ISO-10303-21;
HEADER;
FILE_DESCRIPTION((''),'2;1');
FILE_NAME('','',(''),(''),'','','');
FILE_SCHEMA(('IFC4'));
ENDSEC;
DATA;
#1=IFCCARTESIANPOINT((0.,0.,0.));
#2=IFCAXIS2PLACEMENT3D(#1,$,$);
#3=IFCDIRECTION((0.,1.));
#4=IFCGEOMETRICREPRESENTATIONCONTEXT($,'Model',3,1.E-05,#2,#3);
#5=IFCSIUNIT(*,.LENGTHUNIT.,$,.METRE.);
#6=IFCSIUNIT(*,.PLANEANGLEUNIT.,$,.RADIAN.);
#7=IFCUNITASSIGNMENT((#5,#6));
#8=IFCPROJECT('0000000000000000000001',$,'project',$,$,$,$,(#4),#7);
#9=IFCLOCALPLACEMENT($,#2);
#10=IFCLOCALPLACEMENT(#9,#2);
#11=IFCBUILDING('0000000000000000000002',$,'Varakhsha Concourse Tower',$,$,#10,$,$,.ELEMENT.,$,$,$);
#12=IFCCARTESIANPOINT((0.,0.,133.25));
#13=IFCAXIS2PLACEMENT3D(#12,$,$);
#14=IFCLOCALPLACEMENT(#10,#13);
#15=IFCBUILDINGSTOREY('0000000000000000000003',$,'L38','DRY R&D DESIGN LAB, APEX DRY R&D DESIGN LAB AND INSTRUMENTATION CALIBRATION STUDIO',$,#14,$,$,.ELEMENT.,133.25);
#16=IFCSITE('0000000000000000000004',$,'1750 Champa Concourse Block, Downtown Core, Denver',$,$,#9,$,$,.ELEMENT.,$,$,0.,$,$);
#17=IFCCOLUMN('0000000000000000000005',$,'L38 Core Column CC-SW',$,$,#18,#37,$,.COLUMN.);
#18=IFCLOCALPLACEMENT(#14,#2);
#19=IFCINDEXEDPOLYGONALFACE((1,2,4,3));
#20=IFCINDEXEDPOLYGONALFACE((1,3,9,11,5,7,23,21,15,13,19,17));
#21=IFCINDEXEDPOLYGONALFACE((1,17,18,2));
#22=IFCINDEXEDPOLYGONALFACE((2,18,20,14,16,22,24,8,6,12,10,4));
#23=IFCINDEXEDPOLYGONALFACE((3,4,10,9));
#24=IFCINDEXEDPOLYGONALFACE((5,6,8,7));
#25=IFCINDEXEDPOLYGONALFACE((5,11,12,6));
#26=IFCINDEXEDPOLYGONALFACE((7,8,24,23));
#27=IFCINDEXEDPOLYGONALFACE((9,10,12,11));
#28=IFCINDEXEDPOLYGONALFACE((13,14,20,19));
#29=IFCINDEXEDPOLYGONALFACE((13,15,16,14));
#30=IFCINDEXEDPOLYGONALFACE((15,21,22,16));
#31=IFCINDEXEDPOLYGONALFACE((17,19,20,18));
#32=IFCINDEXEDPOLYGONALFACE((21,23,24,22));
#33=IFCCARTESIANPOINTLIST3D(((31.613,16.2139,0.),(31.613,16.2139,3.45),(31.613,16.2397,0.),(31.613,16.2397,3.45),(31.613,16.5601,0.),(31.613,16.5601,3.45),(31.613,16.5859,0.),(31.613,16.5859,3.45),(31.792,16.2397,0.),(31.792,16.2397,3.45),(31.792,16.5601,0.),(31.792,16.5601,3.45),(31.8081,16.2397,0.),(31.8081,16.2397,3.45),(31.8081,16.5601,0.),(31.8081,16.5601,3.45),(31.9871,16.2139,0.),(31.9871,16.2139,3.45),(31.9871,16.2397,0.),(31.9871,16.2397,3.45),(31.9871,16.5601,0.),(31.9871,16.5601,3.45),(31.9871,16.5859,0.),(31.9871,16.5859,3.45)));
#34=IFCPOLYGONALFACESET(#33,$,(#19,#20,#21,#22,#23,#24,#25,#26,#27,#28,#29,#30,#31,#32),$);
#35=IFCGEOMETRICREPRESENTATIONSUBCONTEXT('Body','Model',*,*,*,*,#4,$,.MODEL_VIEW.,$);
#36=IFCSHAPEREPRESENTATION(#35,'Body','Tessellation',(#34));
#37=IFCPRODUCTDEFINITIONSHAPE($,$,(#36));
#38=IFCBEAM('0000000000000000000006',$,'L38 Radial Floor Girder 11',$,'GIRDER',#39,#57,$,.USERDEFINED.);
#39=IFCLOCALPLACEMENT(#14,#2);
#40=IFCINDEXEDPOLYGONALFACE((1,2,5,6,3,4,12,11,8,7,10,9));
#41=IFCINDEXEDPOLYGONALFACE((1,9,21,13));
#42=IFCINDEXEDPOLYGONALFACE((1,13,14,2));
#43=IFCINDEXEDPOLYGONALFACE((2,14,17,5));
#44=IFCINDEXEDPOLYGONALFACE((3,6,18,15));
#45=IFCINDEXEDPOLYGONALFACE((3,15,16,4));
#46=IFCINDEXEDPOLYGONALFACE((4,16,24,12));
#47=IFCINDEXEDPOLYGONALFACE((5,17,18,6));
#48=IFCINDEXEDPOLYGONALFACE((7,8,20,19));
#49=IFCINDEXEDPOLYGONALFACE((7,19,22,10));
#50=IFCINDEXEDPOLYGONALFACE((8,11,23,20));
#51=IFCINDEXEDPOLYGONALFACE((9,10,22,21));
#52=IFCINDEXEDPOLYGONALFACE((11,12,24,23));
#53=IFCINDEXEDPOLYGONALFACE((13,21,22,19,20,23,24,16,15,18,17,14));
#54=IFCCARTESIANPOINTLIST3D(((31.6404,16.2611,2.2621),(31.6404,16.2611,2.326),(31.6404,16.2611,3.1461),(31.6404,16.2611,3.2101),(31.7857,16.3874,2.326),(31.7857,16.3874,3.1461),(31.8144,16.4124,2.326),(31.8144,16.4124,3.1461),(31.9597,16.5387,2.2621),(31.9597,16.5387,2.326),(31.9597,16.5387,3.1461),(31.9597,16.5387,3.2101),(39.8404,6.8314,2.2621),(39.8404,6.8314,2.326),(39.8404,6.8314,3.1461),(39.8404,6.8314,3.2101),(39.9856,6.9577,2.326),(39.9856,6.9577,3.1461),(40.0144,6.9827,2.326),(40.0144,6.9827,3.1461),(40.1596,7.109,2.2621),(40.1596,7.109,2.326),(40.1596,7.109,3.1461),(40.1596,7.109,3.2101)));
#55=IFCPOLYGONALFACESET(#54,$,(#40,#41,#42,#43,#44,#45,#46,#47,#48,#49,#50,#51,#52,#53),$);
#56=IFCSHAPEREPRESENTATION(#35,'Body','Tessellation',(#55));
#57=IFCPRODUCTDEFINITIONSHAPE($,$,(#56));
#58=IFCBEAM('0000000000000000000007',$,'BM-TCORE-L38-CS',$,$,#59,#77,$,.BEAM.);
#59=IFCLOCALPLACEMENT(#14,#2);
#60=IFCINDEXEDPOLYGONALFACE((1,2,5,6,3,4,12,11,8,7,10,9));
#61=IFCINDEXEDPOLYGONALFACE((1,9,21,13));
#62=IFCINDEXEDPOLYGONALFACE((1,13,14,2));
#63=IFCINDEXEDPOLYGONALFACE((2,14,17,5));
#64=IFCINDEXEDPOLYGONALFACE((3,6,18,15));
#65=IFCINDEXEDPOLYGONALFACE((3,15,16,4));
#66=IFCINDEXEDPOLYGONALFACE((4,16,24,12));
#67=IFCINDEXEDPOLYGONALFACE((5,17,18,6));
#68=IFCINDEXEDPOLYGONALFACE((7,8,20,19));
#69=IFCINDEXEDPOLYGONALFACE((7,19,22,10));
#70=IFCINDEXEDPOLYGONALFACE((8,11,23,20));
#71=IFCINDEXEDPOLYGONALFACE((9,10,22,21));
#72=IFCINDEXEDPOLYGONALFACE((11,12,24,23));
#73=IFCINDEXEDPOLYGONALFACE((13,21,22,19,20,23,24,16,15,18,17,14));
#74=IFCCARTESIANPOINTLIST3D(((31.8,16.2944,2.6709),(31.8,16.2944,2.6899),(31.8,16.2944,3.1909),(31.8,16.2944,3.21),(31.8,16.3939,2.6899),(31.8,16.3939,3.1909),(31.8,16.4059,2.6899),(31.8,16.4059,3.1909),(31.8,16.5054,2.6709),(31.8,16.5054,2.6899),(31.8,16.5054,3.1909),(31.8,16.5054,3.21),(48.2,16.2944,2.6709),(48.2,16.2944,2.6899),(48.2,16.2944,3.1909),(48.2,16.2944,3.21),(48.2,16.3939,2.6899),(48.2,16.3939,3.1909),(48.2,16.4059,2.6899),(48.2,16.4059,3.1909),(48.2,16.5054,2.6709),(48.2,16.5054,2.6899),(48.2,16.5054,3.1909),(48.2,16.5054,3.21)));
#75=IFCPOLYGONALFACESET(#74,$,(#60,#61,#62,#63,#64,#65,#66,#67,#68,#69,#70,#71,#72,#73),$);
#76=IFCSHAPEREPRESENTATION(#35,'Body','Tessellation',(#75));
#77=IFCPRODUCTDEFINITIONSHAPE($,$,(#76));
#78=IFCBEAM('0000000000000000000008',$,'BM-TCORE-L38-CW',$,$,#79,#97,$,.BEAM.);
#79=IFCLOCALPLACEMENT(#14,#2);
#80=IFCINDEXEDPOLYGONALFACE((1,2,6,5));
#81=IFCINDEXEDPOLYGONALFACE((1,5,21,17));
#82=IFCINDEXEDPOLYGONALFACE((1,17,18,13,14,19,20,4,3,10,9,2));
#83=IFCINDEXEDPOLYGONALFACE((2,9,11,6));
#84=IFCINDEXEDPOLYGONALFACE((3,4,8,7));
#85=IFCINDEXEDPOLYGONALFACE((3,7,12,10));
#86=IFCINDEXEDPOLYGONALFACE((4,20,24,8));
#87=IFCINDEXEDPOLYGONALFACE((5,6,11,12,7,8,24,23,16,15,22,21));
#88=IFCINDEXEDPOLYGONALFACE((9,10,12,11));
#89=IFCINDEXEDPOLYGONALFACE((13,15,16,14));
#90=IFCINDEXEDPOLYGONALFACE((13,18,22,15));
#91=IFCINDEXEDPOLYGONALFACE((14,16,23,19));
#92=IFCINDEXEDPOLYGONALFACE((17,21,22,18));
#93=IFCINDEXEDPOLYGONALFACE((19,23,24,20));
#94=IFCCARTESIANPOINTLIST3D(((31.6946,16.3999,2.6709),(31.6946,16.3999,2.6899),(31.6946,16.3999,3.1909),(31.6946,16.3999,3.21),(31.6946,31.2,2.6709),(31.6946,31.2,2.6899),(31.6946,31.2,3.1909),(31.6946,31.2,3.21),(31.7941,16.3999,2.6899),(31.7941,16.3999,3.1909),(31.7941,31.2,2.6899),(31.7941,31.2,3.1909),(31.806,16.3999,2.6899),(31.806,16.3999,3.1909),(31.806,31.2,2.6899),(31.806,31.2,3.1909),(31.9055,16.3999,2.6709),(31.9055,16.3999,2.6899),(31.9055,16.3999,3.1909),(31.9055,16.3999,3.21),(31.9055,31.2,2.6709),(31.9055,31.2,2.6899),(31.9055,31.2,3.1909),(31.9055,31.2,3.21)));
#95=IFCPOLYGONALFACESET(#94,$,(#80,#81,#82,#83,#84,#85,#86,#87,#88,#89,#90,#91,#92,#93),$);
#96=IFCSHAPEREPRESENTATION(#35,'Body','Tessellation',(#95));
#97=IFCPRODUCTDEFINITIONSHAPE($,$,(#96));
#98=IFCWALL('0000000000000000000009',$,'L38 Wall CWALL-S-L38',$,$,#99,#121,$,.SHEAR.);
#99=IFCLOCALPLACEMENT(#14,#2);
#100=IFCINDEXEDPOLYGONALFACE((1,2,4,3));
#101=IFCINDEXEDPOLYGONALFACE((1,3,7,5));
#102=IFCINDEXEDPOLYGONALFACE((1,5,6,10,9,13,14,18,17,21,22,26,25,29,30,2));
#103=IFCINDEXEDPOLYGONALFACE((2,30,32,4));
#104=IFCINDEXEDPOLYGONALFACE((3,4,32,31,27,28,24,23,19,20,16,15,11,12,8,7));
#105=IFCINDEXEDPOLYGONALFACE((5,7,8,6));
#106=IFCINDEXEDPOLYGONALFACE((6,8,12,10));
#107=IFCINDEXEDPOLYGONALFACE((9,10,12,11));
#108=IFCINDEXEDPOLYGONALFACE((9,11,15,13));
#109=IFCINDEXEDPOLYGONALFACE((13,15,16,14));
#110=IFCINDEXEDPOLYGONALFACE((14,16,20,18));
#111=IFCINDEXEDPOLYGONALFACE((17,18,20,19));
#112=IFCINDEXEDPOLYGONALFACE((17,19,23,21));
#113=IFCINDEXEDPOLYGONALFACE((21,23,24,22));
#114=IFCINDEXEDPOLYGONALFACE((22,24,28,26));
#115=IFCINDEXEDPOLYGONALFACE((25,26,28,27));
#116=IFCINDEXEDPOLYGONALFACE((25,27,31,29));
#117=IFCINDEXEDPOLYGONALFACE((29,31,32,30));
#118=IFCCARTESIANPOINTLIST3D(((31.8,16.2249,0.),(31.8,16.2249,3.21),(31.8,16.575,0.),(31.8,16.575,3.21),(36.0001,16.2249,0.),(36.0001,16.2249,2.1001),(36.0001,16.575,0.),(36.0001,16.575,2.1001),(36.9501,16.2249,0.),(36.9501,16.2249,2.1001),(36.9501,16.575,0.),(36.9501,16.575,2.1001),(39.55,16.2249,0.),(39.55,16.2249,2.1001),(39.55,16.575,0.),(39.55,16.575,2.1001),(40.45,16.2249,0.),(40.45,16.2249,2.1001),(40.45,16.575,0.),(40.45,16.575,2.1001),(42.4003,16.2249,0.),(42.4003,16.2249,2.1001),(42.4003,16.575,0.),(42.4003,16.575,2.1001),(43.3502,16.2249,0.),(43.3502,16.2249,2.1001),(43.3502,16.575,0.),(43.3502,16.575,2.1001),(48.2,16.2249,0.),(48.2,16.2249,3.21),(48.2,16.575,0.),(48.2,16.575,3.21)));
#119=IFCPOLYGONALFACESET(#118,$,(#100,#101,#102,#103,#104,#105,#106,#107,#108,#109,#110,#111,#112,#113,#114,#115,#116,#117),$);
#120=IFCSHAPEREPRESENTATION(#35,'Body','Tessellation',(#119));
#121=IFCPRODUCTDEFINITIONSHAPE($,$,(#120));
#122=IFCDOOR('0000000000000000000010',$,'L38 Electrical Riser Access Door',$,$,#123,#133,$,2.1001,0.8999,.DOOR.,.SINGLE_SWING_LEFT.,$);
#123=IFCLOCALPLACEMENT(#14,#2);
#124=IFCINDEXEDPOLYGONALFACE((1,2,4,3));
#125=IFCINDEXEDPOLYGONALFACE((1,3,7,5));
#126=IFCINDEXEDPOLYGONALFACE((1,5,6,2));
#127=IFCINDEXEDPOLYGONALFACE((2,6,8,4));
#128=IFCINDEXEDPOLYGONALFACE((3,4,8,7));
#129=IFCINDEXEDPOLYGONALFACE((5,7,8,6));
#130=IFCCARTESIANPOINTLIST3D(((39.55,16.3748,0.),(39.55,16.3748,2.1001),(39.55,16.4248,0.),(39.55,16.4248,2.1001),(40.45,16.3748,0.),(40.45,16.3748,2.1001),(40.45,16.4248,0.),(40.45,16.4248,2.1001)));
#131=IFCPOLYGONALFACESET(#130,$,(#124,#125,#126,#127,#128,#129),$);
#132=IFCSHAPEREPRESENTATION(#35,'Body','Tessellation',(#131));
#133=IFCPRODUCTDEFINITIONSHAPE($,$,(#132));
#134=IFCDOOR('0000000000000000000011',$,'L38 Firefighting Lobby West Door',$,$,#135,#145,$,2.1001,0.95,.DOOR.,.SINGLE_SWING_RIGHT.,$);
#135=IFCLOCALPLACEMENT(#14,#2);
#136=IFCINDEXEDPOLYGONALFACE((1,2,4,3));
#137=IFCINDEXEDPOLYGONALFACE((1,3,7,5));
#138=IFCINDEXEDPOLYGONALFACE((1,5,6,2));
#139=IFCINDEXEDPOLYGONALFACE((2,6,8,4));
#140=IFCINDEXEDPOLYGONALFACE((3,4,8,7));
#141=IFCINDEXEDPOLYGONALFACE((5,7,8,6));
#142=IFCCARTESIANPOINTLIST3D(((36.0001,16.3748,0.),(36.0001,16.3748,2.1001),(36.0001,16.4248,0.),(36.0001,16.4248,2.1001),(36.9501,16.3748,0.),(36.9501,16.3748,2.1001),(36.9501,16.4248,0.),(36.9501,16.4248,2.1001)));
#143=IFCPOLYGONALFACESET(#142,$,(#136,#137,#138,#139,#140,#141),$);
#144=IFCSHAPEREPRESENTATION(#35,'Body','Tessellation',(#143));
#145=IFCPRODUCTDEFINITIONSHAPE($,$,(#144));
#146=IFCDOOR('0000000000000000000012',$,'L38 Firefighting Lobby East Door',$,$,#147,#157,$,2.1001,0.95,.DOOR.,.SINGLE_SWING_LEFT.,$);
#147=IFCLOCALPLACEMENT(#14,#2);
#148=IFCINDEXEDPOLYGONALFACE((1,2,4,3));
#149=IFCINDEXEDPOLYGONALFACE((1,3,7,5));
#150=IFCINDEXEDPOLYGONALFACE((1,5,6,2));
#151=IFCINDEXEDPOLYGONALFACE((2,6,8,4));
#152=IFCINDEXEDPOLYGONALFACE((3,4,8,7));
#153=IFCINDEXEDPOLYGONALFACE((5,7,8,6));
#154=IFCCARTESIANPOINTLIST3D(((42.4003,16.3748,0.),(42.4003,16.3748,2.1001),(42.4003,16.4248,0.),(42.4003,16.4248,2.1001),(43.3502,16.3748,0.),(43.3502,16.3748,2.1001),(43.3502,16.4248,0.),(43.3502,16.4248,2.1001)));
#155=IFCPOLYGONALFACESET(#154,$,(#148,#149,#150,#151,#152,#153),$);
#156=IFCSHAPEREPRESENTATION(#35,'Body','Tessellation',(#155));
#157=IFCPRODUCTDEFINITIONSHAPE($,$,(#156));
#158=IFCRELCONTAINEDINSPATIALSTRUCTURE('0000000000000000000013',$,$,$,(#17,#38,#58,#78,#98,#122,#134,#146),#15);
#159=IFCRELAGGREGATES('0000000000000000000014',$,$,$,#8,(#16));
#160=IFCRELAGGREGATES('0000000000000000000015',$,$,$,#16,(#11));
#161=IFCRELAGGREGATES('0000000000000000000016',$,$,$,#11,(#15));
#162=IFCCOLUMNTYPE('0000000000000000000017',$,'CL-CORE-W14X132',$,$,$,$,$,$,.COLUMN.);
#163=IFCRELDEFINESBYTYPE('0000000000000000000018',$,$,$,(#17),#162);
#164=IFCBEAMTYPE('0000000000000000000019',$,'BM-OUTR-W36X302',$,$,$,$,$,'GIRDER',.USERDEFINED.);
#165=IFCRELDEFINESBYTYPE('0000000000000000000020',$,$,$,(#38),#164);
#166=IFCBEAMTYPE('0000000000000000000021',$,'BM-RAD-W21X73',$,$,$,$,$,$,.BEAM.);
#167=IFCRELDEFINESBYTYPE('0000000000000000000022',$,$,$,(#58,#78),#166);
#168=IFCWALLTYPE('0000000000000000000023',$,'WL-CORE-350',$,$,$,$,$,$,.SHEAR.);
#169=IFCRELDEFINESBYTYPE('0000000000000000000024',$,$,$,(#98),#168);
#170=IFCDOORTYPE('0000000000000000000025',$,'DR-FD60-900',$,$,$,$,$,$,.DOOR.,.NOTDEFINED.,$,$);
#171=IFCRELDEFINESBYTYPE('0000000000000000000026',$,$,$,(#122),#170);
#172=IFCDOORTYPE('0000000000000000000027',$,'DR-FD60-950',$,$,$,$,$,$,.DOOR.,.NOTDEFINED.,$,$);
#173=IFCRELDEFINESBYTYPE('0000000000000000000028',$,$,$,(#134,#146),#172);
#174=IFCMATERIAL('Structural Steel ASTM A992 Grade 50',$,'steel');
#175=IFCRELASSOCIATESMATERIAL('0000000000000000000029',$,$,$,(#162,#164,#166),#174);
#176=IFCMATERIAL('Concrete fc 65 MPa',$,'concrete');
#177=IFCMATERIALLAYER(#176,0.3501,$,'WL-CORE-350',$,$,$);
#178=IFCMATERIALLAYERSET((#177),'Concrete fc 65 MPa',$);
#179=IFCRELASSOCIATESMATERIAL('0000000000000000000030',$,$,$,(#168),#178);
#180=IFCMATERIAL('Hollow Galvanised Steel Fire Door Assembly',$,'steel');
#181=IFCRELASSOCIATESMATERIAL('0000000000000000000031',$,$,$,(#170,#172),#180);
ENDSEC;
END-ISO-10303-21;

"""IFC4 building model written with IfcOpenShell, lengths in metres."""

from ifc_helpers import new_model, si_unit, direction, frame, frame_2d, origin, origin_2d, place, context, subcontext, project, spatial, rectangle, i_section, extrude, material, layer, layer_set, material_profile, profile_set, type_object, element, fill, save


model = new_model("IFC4")

# Units and contexts
model_context = context("Model", 3, precision=1e-05, world=origin(), true_north=direction((0.0, 1.0)))
body_context = subcontext(model_context, "Body", "Model", "MODEL_VIEW")
ifc_project = project(units=[si_unit("LENGTHUNIT", "METRE"), si_unit("PLANEANGLEUNIT", "RADIAN")], contexts=[model_context])

# Site, building, storey
site_placement = place(None, origin())
site = spatial("IfcSite", under=ifc_project, at=site_placement, Name="1750 Champa Concourse Block, Downtown Core, Denver", CompositionType="ELEMENT", RefElevation=0.0)
building_placement = place(site_placement, origin())
building = spatial("IfcBuilding", under=site, at=building_placement, Name="Varakhsha Concourse Tower", CompositionType="ELEMENT")
storey_placement = place(building_placement, frame((0.0, 0.0, 133.25)))
storey = spatial("IfcBuildingStorey", under=building, at=storey_placement, Name="L38", Description="DRY R&D DESIGN LAB, APEX DRY R&D DESIGN LAB AND INSTRUMENTATION CALIBRATION STUDIO", CompositionType="ELEMENT", Elevation=133.25)

# Column
ifc_material_1 = material(Name="Structural Steel ASTM A992 Grade 50", Category="steel")
ifc_material_profile_1 = material_profile(ifc_material_1, i_section(OverallWidth=0.374, OverallDepth=0.3721, WebThickness=0.0161, FlangeThickness=0.0259, at=origin_2d()), Name="W14X132")
ifc_profile_set_1 = profile_set([ifc_material_profile_1], Name="Structural Steel ASTM A992 Grade 50")
column_type = type_object("IfcColumnType", Name="CL-CORE-W14X132", PredefinedType="COLUMN", material=ifc_profile_set_1)
column_placement = place(storey_placement, frame((31.8, 16.3999, 0.0), z_axis=(0.0, 0.0, 1.0), x_axis=(1.0, 0.0, 0.0)))
element("IfcColumn", 1, at=column_placement, inside=storey, type_object=column_type, Name="L38 Core Column CC-SW", PredefinedType="COLUMN", context=body_context, shape_type="SweptSolid", body=[
    extrude(i_section(OverallWidth=0.374, OverallDepth=0.3721, WebThickness=0.0161, FlangeThickness=0.0259, at=origin_2d()), origin(), (0.0, 0.0, 1.0), 3.45),
])

# Beams
ifc_material_profile_2 = material_profile(ifc_material_1, i_section(OverallWidth=0.4231, OverallDepth=0.948, WebThickness=0.0381, FlangeThickness=0.064, at=origin_2d()), Name="W36X302")
ifc_profile_set_2 = profile_set([ifc_material_profile_2], Name="Structural Steel ASTM A992 Grade 50")
beam_type_1 = type_object("IfcBeamType", Name="BM-OUTR-W36X302", ElementType="GIRDER", PredefinedType="USERDEFINED", material=ifc_profile_set_2)
beam_1_placement = place(storey_placement, frame((31.8, 16.3999, 2.7361), z_axis=(0.656189, -0.754597, 0.0), x_axis=(0.754597, 0.656189, 0.0)))
element("IfcBeam", 2, at=beam_1_placement, inside=storey, type_object=beam_type_1, Name="L38 Radial Floor Girder 11", ObjectType="GIRDER", PredefinedType="USERDEFINED", context=body_context, shape_type="SweptSolid", body=[
    extrude(i_section(OverallWidth=0.4231, OverallDepth=0.948, WebThickness=0.0381, FlangeThickness=0.064, at=origin_2d()), origin(), (0.0, 0.0, 1.0), 12.4963),
])
ifc_material_profile_3 = material_profile(ifc_material_1, i_section(OverallWidth=0.2109, OverallDepth=0.5391, WebThickness=0.012, FlangeThickness=0.019, at=origin_2d()), Name="W21X73")
ifc_profile_set_3 = profile_set([ifc_material_profile_3], Name="Structural Steel ASTM A992 Grade 50")
beam_type_2 = type_object("IfcBeamType", Name="BM-RAD-W21X73", PredefinedType="BEAM", material=ifc_profile_set_3)
beam_2_placement = place(storey_placement, frame((31.8, 16.3999, 2.9404), z_axis=(1.0, 0.0, 0.0), x_axis=(0.0, 1.0, 0.0)))
element("IfcBeam", 3, at=beam_2_placement, inside=storey, type_object=beam_type_2, Name="BM-TCORE-L38-CS", PredefinedType="BEAM", context=body_context, shape_type="SweptSolid", body=[
    extrude(i_section(OverallWidth=0.2109, OverallDepth=0.5391, WebThickness=0.012, FlangeThickness=0.019, at=origin_2d()), origin(), (0.0, 0.0, 1.0), 16.3999),
])
beam_3_placement = place(storey_placement, frame((31.8, 16.3999, 2.9404), z_axis=(0.0, 1.0, 0.0), x_axis=(-1.0, 0.0, 0.0)))
element("IfcBeam", 4, at=beam_3_placement, inside=storey, type_object=beam_type_2, Name="BM-TCORE-L38-CW", PredefinedType="BEAM", context=body_context, shape_type="SweptSolid", body=[
    extrude(i_section(OverallWidth=0.2109, OverallDepth=0.5391, WebThickness=0.012, FlangeThickness=0.019, at=origin_2d()), origin(), (0.0, 0.0, 1.0), 14.8),
])

# Wall, openings, doors
ifc_material_2 = material(Name="Concrete fc 65 MPa", Category="concrete")
ifc_layer_1 = layer(ifc_material_2, 0.3501, Name="WL-CORE-350")
ifc_layer_set_1 = layer_set([ifc_layer_1], Name="Concrete fc 65 MPa")
wall_type_1 = type_object("IfcWallType", Name="WL-CORE-350", PredefinedType="SHEAR", material=ifc_layer_set_1)
wall_1_placement = place(storey_placement, frame((31.8, 16.3999, 0.0), z_axis=(0.0, 0.0, 1.0), x_axis=(1.0, 0.0, 0.0)))
wall_1 = element("IfcWall", 5, at=wall_1_placement, inside=storey, type_object=wall_type_1, Name="L38 Wall CWALL-S-L38", PredefinedType="SHEAR", context=body_context, shape_type="SweptSolid", body=[
    extrude(rectangle(XDim=16.3999, YDim=0.3501, at=frame_2d((8.2, 0.0))), origin(), (0.0, 0.0, 1.0), 3.21),
])
opening_1_placement = place(wall_1_placement, frame((7.75, 0.0, 0.0)))
opening_1 = element("IfcOpeningElement", 6, at=opening_1_placement, cuts=wall_1, PredefinedType="OPENING", context=body_context, shape_type="SweptSolid", body=[
    extrude(rectangle(XDim=0.8999, YDim=2.1001, at=frame_2d((0.45, 1.05))), frame((0.0, 0.1851, 0.0), z_axis=(0.0, -1.0, 0.0), x_axis=(1.0, 0.0, 0.0)), (0.0, 0.0, 1.0), 0.3701),
])
opening_2_placement = place(wall_1_placement, frame((4.2, 0.0, 0.0)))
opening_2 = element("IfcOpeningElement", 7, at=opening_2_placement, cuts=wall_1, PredefinedType="OPENING", context=body_context, shape_type="SweptSolid", body=[
    extrude(rectangle(XDim=0.95, YDim=2.1001, at=frame_2d((0.4751, 1.05))), frame((0.0, 0.1851, 0.0), z_axis=(0.0, -1.0, 0.0), x_axis=(1.0, 0.0, 0.0)), (0.0, 0.0, 1.0), 0.3701),
])
opening_3_placement = place(wall_1_placement, frame((10.6001, 0.0, 0.0)))
opening_3 = element("IfcOpeningElement", 8, at=opening_3_placement, cuts=wall_1, PredefinedType="OPENING", context=body_context, shape_type="SweptSolid", body=[
    extrude(rectangle(XDim=0.95, YDim=2.1001, at=frame_2d((0.4751, 1.05))), frame((0.0, 0.1851, 0.0), z_axis=(0.0, -1.0, 0.0), x_axis=(1.0, 0.0, 0.0)), (0.0, 0.0, 1.0), 0.3701),
])
ifc_material_3 = material(Name="Hollow Galvanised Steel Fire Door Assembly", Category="steel")
door_type_1 = type_object("IfcDoorType", Name="DR-FD60-900", OperationType="NOTDEFINED", PredefinedType="DOOR", material=ifc_material_3)
door_1_placement = place(opening_1_placement, origin())
door_1 = element("IfcDoor", 9, at=door_1_placement, inside=storey, type_object=door_type_1, Name="L38 Electrical Riser Access Door", OperationType="SINGLE_SWING_LEFT", OverallHeight=2.1001, OverallWidth=0.8999, PredefinedType="DOOR", context=body_context, shape_type="SweptSolid", body=[
    extrude(rectangle(XDim=0.8999, YDim=2.1001, at=frame_2d((0.45, 1.05))), frame((0.0, 0.0249, 0.0), z_axis=(0.0, -1.0, 0.0), x_axis=(1.0, 0.0, 0.0)), (0.0, 0.0, 1.0), 0.05),
])
fill(opening_1, door_1)
door_type_2 = type_object("IfcDoorType", Name="DR-FD60-950", OperationType="NOTDEFINED", PredefinedType="DOOR", material=ifc_material_3)
door_2_placement = place(opening_2_placement, origin())
door_2 = element("IfcDoor", 10, at=door_2_placement, inside=storey, type_object=door_type_2, Name="L38 Firefighting Lobby West Door", OperationType="SINGLE_SWING_RIGHT", OverallHeight=2.1001, OverallWidth=0.95, PredefinedType="DOOR", context=body_context, shape_type="SweptSolid", body=[
    extrude(rectangle(XDim=0.95, YDim=2.1001, at=frame_2d((0.4751, 1.05))), frame((0.0, 0.0249, 0.0), z_axis=(0.0, -1.0, 0.0), x_axis=(1.0, 0.0, 0.0)), (0.0, 0.0, 1.0), 0.05),
])
fill(opening_2, door_2)
door_3_placement = place(opening_3_placement, origin())
door_3 = element("IfcDoor", 11, at=door_3_placement, inside=storey, type_object=door_type_2, Name="L38 Firefighting Lobby East Door", OperationType="SINGLE_SWING_LEFT", OverallHeight=2.1001, OverallWidth=0.95, PredefinedType="DOOR", context=body_context, shape_type="SweptSolid", body=[
    extrude(rectangle(XDim=0.95, YDim=2.1001, at=frame_2d((0.4751, 1.05))), frame((0.0, 0.0249, 0.0), z_axis=(0.0, -1.0, 0.0), x_axis=(1.0, 0.0, 0.0)), (0.0, 0.0, 1.0), 0.05),
])
fill(opening_3, door_3)

save(model, "model.ifc")
